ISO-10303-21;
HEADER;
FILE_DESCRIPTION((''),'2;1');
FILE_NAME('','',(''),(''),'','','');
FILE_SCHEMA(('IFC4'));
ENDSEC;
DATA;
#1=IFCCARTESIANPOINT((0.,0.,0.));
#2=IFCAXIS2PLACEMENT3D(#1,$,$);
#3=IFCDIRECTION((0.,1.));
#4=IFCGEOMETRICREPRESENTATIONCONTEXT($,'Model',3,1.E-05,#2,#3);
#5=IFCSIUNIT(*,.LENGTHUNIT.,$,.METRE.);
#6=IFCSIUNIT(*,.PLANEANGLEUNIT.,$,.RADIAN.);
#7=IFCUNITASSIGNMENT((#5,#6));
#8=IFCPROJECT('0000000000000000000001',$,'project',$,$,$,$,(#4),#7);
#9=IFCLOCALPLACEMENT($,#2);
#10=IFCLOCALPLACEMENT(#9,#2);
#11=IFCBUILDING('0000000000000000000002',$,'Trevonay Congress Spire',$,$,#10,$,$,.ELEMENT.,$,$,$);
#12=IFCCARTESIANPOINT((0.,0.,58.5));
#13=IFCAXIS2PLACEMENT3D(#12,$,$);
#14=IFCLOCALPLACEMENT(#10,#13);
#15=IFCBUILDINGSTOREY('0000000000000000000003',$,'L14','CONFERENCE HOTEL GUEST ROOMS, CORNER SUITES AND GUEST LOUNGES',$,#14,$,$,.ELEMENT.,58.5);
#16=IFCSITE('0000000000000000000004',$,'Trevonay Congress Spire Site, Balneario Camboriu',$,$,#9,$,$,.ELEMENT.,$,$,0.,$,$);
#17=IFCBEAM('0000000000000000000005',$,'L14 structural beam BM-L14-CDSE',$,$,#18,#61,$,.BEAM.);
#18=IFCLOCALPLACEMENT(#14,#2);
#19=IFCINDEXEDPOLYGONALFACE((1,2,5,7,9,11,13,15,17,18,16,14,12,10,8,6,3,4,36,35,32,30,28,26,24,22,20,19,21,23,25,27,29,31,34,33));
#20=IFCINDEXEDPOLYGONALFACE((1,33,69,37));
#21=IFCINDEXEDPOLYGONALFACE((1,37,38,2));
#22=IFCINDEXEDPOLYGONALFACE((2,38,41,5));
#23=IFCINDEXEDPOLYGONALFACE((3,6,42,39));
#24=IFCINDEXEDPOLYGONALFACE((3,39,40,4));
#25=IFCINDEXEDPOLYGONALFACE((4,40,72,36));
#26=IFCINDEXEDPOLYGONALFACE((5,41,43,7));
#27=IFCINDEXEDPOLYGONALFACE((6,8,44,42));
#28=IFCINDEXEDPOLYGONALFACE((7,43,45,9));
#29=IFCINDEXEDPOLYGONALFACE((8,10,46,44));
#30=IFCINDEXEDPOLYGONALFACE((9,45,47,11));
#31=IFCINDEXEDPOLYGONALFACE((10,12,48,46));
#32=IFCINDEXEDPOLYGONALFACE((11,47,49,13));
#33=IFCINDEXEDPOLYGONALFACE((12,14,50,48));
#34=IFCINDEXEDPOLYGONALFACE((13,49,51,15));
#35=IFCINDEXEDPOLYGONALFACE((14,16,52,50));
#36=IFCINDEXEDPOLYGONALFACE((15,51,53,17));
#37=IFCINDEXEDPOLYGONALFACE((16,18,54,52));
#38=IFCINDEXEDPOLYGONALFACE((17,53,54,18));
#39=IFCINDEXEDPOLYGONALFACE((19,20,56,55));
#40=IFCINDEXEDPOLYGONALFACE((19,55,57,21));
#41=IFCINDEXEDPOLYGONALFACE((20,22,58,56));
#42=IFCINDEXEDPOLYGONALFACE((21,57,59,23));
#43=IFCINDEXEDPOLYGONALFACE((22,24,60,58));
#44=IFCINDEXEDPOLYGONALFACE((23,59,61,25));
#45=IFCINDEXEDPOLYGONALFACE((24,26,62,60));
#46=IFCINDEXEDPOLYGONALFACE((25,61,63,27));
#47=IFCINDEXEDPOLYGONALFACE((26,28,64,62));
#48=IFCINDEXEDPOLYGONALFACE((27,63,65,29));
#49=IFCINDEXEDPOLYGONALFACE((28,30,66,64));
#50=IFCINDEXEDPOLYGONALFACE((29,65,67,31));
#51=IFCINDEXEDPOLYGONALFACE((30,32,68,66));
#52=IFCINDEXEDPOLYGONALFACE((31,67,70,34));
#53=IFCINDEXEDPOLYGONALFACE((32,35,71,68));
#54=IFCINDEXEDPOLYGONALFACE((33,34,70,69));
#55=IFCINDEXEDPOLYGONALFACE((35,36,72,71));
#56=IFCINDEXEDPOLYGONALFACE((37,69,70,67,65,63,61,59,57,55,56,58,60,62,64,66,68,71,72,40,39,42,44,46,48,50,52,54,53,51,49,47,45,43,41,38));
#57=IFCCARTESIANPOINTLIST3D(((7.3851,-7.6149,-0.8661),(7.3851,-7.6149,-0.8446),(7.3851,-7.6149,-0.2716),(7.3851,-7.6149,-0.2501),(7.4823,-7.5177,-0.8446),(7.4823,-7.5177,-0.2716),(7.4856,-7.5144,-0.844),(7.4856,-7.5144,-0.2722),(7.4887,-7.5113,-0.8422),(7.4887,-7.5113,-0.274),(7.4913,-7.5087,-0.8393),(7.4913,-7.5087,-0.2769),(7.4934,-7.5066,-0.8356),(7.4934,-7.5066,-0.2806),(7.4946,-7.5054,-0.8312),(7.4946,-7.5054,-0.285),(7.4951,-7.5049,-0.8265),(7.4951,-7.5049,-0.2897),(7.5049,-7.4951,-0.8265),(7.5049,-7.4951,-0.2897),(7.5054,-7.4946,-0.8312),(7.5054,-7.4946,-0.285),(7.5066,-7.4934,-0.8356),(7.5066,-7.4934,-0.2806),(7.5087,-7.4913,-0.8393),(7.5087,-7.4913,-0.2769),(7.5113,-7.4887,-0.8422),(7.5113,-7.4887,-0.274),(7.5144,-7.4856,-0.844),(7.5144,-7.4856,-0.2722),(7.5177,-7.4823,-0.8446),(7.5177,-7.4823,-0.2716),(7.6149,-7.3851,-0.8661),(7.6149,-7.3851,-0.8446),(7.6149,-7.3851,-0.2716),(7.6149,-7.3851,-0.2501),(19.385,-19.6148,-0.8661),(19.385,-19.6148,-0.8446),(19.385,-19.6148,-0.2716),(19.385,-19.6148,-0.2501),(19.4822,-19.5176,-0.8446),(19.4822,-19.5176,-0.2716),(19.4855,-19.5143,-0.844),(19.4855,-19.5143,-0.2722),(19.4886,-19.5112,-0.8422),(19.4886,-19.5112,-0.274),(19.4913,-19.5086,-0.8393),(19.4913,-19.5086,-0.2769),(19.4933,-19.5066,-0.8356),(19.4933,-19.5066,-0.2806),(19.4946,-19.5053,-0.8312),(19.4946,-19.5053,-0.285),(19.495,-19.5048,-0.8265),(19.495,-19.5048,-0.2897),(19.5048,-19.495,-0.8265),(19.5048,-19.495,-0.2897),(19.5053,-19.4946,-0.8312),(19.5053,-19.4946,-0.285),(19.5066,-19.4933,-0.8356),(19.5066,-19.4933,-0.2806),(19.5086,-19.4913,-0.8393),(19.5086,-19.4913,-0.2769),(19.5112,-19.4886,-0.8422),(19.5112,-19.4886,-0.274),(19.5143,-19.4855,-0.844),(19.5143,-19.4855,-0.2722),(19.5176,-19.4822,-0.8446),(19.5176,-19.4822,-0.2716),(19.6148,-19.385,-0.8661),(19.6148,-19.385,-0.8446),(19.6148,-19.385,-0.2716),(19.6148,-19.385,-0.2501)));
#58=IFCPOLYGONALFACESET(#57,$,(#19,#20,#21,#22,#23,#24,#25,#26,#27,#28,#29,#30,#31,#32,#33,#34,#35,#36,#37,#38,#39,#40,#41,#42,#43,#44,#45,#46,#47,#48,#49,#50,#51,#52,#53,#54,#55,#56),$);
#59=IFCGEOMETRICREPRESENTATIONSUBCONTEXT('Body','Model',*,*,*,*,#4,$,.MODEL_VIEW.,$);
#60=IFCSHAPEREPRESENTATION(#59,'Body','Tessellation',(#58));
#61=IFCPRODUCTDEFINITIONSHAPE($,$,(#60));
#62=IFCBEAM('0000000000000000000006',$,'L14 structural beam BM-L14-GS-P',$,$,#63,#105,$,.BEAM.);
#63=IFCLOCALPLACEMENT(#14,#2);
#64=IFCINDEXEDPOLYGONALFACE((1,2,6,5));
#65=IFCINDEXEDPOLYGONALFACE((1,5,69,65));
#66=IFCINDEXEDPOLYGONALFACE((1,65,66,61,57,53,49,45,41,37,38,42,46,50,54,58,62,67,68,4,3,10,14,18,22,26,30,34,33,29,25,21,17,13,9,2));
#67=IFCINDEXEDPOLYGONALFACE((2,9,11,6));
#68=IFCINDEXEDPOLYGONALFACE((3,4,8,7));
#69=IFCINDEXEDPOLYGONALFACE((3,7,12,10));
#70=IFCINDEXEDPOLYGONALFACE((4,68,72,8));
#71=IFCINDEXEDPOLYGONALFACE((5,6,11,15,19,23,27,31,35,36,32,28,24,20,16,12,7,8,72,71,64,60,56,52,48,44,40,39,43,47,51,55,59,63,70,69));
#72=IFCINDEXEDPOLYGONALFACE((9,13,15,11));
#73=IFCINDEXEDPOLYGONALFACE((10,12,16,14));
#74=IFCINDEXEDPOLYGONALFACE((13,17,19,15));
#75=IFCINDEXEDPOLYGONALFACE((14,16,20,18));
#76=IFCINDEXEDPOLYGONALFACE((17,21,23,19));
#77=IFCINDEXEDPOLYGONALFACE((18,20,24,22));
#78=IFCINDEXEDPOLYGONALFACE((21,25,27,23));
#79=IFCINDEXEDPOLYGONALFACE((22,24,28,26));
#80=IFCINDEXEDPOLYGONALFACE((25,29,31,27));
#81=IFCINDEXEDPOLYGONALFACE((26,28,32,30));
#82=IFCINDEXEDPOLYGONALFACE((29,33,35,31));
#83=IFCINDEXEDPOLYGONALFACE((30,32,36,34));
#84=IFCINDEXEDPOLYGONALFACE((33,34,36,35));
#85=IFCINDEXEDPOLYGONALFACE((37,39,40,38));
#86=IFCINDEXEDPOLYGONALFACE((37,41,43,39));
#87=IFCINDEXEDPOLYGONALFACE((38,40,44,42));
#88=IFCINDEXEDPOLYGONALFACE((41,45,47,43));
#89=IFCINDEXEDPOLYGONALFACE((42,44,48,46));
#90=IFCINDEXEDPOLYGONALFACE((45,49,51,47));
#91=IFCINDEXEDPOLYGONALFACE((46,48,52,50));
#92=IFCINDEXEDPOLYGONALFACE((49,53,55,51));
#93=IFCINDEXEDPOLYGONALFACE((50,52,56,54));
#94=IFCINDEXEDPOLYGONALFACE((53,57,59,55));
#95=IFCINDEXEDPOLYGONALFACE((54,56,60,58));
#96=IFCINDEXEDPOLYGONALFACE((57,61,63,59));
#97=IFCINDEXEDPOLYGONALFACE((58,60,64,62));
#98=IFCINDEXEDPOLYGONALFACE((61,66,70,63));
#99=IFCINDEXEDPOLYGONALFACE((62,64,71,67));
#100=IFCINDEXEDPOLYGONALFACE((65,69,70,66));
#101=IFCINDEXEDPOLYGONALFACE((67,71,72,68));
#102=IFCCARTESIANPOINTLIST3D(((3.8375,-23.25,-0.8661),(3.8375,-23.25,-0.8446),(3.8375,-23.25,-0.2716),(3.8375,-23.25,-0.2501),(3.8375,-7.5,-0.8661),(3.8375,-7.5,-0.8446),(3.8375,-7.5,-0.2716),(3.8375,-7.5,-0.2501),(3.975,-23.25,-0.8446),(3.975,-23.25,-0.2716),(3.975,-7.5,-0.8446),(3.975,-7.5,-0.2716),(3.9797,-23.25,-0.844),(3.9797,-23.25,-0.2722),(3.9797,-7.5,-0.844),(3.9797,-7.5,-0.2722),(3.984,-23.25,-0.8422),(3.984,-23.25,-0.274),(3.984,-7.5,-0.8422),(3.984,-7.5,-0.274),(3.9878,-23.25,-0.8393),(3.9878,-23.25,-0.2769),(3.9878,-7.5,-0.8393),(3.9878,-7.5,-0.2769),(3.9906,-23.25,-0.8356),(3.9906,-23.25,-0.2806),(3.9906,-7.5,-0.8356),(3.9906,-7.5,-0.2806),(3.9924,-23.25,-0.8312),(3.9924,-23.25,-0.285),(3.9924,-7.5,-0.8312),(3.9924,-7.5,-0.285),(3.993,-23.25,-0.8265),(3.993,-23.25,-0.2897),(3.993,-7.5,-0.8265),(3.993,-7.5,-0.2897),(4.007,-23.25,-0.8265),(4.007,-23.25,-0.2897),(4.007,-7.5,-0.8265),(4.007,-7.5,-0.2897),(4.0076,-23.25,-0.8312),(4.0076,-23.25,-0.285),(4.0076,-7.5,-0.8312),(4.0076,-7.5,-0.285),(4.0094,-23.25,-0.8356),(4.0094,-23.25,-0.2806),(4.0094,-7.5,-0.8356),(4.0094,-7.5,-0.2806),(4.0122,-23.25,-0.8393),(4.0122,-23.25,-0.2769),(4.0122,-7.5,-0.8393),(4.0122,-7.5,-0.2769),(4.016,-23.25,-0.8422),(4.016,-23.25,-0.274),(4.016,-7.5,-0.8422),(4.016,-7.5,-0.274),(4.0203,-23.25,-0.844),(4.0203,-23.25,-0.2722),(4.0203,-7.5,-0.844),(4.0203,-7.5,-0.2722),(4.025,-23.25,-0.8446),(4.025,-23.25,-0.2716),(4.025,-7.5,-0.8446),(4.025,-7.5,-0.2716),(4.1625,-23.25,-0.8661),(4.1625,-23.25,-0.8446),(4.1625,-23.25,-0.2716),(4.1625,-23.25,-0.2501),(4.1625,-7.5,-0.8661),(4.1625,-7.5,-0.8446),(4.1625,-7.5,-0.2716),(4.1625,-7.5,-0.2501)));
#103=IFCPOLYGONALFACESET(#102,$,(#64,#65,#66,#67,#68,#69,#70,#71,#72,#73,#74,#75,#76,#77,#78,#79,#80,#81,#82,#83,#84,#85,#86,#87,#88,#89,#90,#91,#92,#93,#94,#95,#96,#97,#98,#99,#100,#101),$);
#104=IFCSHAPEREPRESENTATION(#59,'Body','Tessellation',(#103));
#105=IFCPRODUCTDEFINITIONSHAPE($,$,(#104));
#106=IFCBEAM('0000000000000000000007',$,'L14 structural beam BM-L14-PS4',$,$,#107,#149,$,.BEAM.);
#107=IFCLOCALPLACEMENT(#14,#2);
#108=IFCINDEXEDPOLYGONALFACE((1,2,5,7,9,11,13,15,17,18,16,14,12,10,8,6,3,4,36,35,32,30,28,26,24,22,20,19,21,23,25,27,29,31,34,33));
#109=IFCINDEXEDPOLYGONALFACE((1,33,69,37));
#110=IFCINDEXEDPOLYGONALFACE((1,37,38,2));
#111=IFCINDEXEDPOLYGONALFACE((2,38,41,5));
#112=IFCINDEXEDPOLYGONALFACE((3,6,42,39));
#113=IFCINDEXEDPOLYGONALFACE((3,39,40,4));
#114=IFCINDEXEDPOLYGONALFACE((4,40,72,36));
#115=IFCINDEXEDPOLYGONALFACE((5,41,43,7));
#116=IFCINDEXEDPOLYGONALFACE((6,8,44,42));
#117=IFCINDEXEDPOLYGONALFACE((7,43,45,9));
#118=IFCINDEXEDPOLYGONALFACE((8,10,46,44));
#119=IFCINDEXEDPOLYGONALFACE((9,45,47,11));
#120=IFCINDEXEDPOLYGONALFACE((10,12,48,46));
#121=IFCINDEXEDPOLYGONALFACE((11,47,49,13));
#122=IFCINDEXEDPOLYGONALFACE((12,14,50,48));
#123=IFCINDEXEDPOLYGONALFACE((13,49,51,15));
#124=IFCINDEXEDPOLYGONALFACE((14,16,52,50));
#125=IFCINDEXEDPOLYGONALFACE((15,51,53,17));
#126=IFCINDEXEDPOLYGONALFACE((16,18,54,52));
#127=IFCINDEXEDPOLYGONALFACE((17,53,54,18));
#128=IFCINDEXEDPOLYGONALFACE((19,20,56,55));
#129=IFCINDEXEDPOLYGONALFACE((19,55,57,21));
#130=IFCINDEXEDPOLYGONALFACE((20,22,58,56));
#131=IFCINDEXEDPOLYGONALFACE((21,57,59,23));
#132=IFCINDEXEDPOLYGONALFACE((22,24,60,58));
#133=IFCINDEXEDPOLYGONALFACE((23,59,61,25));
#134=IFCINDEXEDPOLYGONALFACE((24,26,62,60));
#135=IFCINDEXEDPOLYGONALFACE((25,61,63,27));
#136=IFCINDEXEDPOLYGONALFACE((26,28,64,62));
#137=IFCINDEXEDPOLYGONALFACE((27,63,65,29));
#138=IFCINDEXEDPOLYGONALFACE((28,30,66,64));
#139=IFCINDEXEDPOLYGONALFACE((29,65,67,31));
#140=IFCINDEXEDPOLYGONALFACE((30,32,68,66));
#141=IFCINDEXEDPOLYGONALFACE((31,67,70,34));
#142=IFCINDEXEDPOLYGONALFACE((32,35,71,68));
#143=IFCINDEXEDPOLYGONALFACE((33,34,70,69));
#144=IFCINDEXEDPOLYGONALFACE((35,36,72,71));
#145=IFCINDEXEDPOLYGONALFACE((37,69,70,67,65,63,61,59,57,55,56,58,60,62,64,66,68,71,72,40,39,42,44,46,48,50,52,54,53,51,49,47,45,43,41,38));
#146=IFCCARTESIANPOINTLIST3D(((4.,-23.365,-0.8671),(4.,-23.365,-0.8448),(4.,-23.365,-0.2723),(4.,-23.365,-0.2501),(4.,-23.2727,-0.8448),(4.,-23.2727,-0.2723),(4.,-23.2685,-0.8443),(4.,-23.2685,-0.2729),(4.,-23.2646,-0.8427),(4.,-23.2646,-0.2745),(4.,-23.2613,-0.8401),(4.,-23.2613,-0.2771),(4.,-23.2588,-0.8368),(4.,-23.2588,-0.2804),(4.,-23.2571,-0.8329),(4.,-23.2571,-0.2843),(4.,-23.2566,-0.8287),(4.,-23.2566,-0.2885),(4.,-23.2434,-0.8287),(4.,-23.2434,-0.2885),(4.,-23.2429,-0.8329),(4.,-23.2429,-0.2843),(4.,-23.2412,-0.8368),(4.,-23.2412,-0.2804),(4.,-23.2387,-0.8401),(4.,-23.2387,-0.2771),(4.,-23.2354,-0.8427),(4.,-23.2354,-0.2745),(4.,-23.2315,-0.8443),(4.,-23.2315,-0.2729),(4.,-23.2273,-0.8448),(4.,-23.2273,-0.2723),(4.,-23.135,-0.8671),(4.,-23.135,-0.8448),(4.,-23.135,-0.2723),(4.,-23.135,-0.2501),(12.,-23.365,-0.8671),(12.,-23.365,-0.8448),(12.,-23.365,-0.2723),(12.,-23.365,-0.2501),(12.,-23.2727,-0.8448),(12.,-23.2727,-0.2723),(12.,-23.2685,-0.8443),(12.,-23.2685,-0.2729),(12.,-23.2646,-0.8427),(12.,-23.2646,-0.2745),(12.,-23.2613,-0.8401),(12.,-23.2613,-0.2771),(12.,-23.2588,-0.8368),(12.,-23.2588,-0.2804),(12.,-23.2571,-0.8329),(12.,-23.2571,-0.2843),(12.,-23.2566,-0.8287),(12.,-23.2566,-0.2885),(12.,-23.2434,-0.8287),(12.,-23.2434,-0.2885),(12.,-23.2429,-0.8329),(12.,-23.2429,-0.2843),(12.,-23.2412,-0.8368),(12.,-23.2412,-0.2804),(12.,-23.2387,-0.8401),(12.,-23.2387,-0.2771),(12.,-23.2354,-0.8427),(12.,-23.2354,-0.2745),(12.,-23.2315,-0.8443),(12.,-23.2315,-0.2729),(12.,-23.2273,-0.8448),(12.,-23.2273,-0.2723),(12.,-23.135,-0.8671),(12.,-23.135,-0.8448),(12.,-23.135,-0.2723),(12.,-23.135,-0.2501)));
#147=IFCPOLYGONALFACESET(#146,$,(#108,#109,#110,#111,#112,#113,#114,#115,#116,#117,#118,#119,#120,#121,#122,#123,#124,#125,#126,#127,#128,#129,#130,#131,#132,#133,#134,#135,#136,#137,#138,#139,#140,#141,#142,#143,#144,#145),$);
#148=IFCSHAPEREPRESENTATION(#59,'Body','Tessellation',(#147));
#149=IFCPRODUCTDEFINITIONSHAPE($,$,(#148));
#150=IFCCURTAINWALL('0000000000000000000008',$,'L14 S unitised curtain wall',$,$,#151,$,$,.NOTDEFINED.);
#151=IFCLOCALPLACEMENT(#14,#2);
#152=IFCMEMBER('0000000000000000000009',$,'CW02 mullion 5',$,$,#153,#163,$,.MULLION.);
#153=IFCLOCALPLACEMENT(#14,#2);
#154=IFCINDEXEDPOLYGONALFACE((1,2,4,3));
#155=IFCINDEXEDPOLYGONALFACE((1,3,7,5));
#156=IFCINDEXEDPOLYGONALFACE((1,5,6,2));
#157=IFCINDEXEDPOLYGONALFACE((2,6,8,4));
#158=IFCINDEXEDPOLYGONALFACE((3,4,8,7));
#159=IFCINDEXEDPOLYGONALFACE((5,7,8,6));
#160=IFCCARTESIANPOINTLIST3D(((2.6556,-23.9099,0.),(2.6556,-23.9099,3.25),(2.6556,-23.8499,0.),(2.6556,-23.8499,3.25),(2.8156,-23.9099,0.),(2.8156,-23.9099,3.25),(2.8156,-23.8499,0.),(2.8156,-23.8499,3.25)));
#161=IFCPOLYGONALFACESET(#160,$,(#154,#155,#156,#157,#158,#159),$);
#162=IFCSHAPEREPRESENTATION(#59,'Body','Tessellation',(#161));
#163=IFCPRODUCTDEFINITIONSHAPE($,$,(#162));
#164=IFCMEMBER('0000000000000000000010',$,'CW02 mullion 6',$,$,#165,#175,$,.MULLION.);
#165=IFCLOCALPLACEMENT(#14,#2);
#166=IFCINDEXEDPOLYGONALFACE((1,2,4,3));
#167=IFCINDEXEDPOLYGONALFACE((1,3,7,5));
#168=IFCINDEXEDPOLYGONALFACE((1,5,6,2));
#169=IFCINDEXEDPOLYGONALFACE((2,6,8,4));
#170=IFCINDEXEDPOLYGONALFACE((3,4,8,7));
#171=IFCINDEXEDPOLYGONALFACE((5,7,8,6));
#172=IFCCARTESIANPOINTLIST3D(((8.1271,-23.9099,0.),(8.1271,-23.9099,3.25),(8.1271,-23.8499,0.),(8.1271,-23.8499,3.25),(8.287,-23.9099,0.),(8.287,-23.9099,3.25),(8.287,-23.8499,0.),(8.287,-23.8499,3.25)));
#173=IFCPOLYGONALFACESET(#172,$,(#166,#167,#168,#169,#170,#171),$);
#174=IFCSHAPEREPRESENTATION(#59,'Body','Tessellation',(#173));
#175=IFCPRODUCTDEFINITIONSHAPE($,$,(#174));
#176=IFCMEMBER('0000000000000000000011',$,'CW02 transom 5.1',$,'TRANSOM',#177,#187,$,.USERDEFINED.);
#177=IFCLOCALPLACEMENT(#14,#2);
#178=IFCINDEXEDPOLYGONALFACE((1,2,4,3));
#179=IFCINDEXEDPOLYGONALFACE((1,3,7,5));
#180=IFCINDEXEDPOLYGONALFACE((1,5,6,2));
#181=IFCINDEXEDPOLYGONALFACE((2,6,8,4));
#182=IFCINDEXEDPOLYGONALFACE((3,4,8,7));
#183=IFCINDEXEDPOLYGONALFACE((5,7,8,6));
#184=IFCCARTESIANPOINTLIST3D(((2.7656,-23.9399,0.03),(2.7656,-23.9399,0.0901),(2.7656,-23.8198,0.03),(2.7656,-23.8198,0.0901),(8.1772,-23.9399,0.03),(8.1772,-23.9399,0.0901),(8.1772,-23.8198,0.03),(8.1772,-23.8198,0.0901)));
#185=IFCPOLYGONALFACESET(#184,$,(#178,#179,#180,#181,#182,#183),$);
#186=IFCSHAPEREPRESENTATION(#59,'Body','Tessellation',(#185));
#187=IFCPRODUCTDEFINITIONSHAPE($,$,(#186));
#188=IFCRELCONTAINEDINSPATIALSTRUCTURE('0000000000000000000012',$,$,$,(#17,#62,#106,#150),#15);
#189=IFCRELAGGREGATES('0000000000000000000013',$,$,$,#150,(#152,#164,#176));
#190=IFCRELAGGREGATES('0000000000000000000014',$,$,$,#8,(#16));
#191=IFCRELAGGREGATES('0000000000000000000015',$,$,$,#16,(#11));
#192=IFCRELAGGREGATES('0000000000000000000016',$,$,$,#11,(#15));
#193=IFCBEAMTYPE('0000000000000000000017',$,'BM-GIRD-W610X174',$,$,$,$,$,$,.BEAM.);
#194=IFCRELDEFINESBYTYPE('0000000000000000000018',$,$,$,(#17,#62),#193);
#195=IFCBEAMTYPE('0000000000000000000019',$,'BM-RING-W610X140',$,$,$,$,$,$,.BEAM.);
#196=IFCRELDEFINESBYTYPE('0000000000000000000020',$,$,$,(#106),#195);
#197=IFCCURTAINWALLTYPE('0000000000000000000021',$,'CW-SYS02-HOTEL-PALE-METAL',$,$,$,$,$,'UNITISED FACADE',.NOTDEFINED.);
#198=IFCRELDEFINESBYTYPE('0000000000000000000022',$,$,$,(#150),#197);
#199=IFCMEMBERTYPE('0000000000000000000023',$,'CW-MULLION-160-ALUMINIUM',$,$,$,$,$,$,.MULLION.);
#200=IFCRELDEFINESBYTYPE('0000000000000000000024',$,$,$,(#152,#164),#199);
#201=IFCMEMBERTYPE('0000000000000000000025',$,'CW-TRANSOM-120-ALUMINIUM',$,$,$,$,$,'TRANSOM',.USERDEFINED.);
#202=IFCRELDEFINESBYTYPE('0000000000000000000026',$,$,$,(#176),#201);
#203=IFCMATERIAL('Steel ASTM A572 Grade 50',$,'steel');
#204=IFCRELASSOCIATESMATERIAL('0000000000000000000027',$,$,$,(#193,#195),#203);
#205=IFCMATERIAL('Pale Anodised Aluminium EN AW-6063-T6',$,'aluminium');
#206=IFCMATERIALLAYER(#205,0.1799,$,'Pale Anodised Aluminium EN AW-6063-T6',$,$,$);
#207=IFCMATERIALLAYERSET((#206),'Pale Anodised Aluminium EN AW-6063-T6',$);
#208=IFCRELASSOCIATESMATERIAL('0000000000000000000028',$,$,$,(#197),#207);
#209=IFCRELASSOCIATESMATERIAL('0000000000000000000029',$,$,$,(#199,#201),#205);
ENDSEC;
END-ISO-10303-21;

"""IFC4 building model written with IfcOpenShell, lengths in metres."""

from ifc_helpers import new_model, si_unit, direction, frame, origin, origin_2d, place, context, subcontext, project, spatial, rectangle, i_section, extrude, material, layer, layer_set, material_profile, profile_set, type_object, element, aggregate, save


model = new_model("IFC4")

# Units and contexts
model_context = context("Model", 3, precision=1e-05, world=origin(), true_north=direction((0.0, 1.0)))
body_context = subcontext(model_context, "Body", "Model", "MODEL_VIEW")
ifc_project = project(units=[si_unit("LENGTHUNIT", "METRE"), si_unit("PLANEANGLEUNIT", "RADIAN")], contexts=[model_context])

# Site, building, storey
site_placement = place(None, origin())
site = spatial("IfcSite", under=ifc_project, at=site_placement, Name="Trevonay Congress Spire Site, Balneario Camboriu", CompositionType="ELEMENT", RefElevation=0.0)
building_placement = place(site_placement, origin())
building = spatial("IfcBuilding", under=site, at=building_placement, Name="Trevonay Congress Spire", CompositionType="ELEMENT")
storey_placement = place(building_placement, frame((0.0, 0.0, 58.5)))
storey = spatial("IfcBuildingStorey", under=building, at=storey_placement, Name="L14", Description="CONFERENCE HOTEL GUEST ROOMS, CORNER SUITES AND GUEST LOUNGES", CompositionType="ELEMENT", Elevation=58.5)

# Shared definitions
ifc_material_1 = material(Name="Steel ASTM A572 Grade 50", Category="steel")

# Beams
ifc_material_profile_1 = material_profile(ifc_material_1, i_section(OverallWidth=0.325, OverallDepth=0.616, WebThickness=0.0139, FlangeThickness=0.0215, FilletRadius=0.0181, at=origin_2d()), Name="W610x174")
ifc_profile_set_1 = profile_set([ifc_material_profile_1], Name="Steel ASTM A572 Grade 50")
beam_type_1 = type_object("IfcBeamType", Name="BM-GIRD-W610X174", PredefinedType="BEAM", material=ifc_profile_set_1)
beam_1_placement = place(storey_placement, frame((7.5, -7.5, -0.5581), z_axis=(0.707107, -0.707107, 0.0), x_axis=(0.707107, 0.707107, 0.0)))
element("IfcBeam", 1, at=beam_1_placement, inside=storey, type_object=beam_type_1, Name="L14 structural beam BM-L14-CDSE", PredefinedType="BEAM", context=body_context, shape_type="SweptSolid", body=[
    extrude(i_section(OverallWidth=0.325, OverallDepth=0.616, WebThickness=0.0139, FlangeThickness=0.0215, FilletRadius=0.0181, at=origin_2d()), origin(), (0.0, 0.0, 1.0), 16.9705),
])
beam_2_placement = place(storey_placement, frame((4.0, -7.5, -0.5581), z_axis=(0.0, -1.0, 0.0), x_axis=(1.0, 0.0, 0.0)))
element("IfcBeam", 2, at=beam_2_placement, inside=storey, type_object=beam_type_1, Name="L14 structural beam BM-L14-GS-P", PredefinedType="BEAM", context=body_context, shape_type="SweptSolid", body=[
    extrude(i_section(OverallWidth=0.325, OverallDepth=0.616, WebThickness=0.0139, FlangeThickness=0.0215, FilletRadius=0.0181, at=origin_2d()), origin(), (0.0, 0.0, 1.0), 15.75),
])
ifc_material_profile_2 = material_profile(ifc_material_1, i_section(OverallWidth=0.23, OverallDepth=0.6169, WebThickness=0.0132, FlangeThickness=0.0222, FilletRadius=0.0161, at=origin_2d()), Name="W610x140")
ifc_profile_set_2 = profile_set([ifc_material_profile_2], Name="Steel ASTM A572 Grade 50")
beam_type_2 = type_object("IfcBeamType", Name="BM-RING-W610X140", PredefinedType="BEAM", material=ifc_profile_set_2)
beam_3_placement = place(storey_placement, frame((4.0, -23.25, -0.5586), z_axis=(1.0, 0.0, 0.0), x_axis=(0.0, 1.0, 0.0)))
element("IfcBeam", 3, at=beam_3_placement, inside=storey, type_object=beam_type_2, Name="L14 structural beam BM-L14-PS4", PredefinedType="BEAM", context=body_context, shape_type="SweptSolid", body=[
    extrude(i_section(OverallWidth=0.23, OverallDepth=0.6169, WebThickness=0.0132, FlangeThickness=0.0222, FilletRadius=0.0161, at=origin_2d()), origin(), (0.0, 0.0, 1.0), 8.0),
])

# Curtain wall, members
ifc_material_2 = material(Name="Pale Anodised Aluminium EN AW-6063-T6", Category="aluminium")
ifc_layer_1 = layer(ifc_material_2, 0.1799, Name="Pale Anodised Aluminium EN AW-6063-T6")
ifc_layer_set_1 = layer_set([ifc_layer_1], Name="Pale Anodised Aluminium EN AW-6063-T6")
curtain_wall_type = type_object("IfcCurtainWallType", Name="CW-SYS02-HOTEL-PALE-METAL", ElementType="UNITISED FACADE", PredefinedType="NOTDEFINED", material=ifc_layer_set_1)
curtain_wall_placement = place(storey_placement, origin())
curtain_wall = element("IfcCurtainWall", 4, at=curtain_wall_placement, inside=storey, type_object=curtain_wall_type, Name="L14 S unitised curtain wall", PredefinedType="NOTDEFINED")
ifc_material_profile_3 = material_profile(ifc_material_2, rectangle(XDim=0.0601, YDim=0.1599, at=origin_2d()), Name="CW-MULLION-160-ALUMINIUM")
ifc_profile_set_3 = profile_set([ifc_material_profile_3], Name="Pale Anodised Aluminium EN AW-6063-T6")
member_type_1 = type_object("IfcMemberType", Name="CW-MULLION-160-ALUMINIUM", PredefinedType="MULLION", material=ifc_profile_set_3)
member_1_placement = place(storey_placement, frame((2.7356, -23.8799, 0.0), z_axis=(0.0, 0.0, 1.0), x_axis=(0.0, 1.0, 0.0)))
member_1 = element("IfcMember", 5, at=member_1_placement, type_object=member_type_1, Name="CW02 mullion 5", PredefinedType="MULLION", context=body_context, shape_type="SweptSolid", body=[
    extrude(rectangle(XDim=0.0601, YDim=0.1599, at=origin_2d()), origin(), (0.0, 0.0, 1.0), 3.25),
])
member_2_placement = place(storey_placement, frame((8.207, -23.8799, 0.0), z_axis=(0.0, 0.0, 1.0), x_axis=(0.0, 1.0, 0.0)))
member_2 = element("IfcMember", 6, at=member_2_placement, type_object=member_type_1, Name="CW02 mullion 6", PredefinedType="MULLION", context=body_context, shape_type="SweptSolid", body=[
    extrude(rectangle(XDim=0.0601, YDim=0.1599, at=origin_2d()), origin(), (0.0, 0.0, 1.0), 3.25),
])
ifc_material_profile_4 = material_profile(ifc_material_2, rectangle(XDim=0.1201, YDim=0.0601, at=origin_2d()), Name="CW-TRANSOM-120-ALUMINIUM")
ifc_profile_set_4 = profile_set([ifc_material_profile_4], Name="Pale Anodised Aluminium EN AW-6063-T6")
member_type_2 = type_object("IfcMemberType", Name="CW-TRANSOM-120-ALUMINIUM", ElementType="TRANSOM", PredefinedType="USERDEFINED", material=ifc_profile_set_4)
member_3_placement = place(storey_placement, frame((2.7656, -23.8799, 0.0601), z_axis=(1.0, 0.0, 0.0), x_axis=(0.0, 1.0, 0.0)))
member_3 = element("IfcMember", 7, at=member_3_placement, type_object=member_type_2, Name="CW02 transom 5.1", ObjectType="TRANSOM", PredefinedType="USERDEFINED", context=body_context, shape_type="SweptSolid", body=[
    extrude(rectangle(XDim=0.1201, YDim=0.0601, at=origin_2d()), origin(), (0.0, 0.0, 1.0), 5.4116),
])
aggregate(curtain_wall, [member_1, member_2, member_3])

save(model, "model.ifc")
